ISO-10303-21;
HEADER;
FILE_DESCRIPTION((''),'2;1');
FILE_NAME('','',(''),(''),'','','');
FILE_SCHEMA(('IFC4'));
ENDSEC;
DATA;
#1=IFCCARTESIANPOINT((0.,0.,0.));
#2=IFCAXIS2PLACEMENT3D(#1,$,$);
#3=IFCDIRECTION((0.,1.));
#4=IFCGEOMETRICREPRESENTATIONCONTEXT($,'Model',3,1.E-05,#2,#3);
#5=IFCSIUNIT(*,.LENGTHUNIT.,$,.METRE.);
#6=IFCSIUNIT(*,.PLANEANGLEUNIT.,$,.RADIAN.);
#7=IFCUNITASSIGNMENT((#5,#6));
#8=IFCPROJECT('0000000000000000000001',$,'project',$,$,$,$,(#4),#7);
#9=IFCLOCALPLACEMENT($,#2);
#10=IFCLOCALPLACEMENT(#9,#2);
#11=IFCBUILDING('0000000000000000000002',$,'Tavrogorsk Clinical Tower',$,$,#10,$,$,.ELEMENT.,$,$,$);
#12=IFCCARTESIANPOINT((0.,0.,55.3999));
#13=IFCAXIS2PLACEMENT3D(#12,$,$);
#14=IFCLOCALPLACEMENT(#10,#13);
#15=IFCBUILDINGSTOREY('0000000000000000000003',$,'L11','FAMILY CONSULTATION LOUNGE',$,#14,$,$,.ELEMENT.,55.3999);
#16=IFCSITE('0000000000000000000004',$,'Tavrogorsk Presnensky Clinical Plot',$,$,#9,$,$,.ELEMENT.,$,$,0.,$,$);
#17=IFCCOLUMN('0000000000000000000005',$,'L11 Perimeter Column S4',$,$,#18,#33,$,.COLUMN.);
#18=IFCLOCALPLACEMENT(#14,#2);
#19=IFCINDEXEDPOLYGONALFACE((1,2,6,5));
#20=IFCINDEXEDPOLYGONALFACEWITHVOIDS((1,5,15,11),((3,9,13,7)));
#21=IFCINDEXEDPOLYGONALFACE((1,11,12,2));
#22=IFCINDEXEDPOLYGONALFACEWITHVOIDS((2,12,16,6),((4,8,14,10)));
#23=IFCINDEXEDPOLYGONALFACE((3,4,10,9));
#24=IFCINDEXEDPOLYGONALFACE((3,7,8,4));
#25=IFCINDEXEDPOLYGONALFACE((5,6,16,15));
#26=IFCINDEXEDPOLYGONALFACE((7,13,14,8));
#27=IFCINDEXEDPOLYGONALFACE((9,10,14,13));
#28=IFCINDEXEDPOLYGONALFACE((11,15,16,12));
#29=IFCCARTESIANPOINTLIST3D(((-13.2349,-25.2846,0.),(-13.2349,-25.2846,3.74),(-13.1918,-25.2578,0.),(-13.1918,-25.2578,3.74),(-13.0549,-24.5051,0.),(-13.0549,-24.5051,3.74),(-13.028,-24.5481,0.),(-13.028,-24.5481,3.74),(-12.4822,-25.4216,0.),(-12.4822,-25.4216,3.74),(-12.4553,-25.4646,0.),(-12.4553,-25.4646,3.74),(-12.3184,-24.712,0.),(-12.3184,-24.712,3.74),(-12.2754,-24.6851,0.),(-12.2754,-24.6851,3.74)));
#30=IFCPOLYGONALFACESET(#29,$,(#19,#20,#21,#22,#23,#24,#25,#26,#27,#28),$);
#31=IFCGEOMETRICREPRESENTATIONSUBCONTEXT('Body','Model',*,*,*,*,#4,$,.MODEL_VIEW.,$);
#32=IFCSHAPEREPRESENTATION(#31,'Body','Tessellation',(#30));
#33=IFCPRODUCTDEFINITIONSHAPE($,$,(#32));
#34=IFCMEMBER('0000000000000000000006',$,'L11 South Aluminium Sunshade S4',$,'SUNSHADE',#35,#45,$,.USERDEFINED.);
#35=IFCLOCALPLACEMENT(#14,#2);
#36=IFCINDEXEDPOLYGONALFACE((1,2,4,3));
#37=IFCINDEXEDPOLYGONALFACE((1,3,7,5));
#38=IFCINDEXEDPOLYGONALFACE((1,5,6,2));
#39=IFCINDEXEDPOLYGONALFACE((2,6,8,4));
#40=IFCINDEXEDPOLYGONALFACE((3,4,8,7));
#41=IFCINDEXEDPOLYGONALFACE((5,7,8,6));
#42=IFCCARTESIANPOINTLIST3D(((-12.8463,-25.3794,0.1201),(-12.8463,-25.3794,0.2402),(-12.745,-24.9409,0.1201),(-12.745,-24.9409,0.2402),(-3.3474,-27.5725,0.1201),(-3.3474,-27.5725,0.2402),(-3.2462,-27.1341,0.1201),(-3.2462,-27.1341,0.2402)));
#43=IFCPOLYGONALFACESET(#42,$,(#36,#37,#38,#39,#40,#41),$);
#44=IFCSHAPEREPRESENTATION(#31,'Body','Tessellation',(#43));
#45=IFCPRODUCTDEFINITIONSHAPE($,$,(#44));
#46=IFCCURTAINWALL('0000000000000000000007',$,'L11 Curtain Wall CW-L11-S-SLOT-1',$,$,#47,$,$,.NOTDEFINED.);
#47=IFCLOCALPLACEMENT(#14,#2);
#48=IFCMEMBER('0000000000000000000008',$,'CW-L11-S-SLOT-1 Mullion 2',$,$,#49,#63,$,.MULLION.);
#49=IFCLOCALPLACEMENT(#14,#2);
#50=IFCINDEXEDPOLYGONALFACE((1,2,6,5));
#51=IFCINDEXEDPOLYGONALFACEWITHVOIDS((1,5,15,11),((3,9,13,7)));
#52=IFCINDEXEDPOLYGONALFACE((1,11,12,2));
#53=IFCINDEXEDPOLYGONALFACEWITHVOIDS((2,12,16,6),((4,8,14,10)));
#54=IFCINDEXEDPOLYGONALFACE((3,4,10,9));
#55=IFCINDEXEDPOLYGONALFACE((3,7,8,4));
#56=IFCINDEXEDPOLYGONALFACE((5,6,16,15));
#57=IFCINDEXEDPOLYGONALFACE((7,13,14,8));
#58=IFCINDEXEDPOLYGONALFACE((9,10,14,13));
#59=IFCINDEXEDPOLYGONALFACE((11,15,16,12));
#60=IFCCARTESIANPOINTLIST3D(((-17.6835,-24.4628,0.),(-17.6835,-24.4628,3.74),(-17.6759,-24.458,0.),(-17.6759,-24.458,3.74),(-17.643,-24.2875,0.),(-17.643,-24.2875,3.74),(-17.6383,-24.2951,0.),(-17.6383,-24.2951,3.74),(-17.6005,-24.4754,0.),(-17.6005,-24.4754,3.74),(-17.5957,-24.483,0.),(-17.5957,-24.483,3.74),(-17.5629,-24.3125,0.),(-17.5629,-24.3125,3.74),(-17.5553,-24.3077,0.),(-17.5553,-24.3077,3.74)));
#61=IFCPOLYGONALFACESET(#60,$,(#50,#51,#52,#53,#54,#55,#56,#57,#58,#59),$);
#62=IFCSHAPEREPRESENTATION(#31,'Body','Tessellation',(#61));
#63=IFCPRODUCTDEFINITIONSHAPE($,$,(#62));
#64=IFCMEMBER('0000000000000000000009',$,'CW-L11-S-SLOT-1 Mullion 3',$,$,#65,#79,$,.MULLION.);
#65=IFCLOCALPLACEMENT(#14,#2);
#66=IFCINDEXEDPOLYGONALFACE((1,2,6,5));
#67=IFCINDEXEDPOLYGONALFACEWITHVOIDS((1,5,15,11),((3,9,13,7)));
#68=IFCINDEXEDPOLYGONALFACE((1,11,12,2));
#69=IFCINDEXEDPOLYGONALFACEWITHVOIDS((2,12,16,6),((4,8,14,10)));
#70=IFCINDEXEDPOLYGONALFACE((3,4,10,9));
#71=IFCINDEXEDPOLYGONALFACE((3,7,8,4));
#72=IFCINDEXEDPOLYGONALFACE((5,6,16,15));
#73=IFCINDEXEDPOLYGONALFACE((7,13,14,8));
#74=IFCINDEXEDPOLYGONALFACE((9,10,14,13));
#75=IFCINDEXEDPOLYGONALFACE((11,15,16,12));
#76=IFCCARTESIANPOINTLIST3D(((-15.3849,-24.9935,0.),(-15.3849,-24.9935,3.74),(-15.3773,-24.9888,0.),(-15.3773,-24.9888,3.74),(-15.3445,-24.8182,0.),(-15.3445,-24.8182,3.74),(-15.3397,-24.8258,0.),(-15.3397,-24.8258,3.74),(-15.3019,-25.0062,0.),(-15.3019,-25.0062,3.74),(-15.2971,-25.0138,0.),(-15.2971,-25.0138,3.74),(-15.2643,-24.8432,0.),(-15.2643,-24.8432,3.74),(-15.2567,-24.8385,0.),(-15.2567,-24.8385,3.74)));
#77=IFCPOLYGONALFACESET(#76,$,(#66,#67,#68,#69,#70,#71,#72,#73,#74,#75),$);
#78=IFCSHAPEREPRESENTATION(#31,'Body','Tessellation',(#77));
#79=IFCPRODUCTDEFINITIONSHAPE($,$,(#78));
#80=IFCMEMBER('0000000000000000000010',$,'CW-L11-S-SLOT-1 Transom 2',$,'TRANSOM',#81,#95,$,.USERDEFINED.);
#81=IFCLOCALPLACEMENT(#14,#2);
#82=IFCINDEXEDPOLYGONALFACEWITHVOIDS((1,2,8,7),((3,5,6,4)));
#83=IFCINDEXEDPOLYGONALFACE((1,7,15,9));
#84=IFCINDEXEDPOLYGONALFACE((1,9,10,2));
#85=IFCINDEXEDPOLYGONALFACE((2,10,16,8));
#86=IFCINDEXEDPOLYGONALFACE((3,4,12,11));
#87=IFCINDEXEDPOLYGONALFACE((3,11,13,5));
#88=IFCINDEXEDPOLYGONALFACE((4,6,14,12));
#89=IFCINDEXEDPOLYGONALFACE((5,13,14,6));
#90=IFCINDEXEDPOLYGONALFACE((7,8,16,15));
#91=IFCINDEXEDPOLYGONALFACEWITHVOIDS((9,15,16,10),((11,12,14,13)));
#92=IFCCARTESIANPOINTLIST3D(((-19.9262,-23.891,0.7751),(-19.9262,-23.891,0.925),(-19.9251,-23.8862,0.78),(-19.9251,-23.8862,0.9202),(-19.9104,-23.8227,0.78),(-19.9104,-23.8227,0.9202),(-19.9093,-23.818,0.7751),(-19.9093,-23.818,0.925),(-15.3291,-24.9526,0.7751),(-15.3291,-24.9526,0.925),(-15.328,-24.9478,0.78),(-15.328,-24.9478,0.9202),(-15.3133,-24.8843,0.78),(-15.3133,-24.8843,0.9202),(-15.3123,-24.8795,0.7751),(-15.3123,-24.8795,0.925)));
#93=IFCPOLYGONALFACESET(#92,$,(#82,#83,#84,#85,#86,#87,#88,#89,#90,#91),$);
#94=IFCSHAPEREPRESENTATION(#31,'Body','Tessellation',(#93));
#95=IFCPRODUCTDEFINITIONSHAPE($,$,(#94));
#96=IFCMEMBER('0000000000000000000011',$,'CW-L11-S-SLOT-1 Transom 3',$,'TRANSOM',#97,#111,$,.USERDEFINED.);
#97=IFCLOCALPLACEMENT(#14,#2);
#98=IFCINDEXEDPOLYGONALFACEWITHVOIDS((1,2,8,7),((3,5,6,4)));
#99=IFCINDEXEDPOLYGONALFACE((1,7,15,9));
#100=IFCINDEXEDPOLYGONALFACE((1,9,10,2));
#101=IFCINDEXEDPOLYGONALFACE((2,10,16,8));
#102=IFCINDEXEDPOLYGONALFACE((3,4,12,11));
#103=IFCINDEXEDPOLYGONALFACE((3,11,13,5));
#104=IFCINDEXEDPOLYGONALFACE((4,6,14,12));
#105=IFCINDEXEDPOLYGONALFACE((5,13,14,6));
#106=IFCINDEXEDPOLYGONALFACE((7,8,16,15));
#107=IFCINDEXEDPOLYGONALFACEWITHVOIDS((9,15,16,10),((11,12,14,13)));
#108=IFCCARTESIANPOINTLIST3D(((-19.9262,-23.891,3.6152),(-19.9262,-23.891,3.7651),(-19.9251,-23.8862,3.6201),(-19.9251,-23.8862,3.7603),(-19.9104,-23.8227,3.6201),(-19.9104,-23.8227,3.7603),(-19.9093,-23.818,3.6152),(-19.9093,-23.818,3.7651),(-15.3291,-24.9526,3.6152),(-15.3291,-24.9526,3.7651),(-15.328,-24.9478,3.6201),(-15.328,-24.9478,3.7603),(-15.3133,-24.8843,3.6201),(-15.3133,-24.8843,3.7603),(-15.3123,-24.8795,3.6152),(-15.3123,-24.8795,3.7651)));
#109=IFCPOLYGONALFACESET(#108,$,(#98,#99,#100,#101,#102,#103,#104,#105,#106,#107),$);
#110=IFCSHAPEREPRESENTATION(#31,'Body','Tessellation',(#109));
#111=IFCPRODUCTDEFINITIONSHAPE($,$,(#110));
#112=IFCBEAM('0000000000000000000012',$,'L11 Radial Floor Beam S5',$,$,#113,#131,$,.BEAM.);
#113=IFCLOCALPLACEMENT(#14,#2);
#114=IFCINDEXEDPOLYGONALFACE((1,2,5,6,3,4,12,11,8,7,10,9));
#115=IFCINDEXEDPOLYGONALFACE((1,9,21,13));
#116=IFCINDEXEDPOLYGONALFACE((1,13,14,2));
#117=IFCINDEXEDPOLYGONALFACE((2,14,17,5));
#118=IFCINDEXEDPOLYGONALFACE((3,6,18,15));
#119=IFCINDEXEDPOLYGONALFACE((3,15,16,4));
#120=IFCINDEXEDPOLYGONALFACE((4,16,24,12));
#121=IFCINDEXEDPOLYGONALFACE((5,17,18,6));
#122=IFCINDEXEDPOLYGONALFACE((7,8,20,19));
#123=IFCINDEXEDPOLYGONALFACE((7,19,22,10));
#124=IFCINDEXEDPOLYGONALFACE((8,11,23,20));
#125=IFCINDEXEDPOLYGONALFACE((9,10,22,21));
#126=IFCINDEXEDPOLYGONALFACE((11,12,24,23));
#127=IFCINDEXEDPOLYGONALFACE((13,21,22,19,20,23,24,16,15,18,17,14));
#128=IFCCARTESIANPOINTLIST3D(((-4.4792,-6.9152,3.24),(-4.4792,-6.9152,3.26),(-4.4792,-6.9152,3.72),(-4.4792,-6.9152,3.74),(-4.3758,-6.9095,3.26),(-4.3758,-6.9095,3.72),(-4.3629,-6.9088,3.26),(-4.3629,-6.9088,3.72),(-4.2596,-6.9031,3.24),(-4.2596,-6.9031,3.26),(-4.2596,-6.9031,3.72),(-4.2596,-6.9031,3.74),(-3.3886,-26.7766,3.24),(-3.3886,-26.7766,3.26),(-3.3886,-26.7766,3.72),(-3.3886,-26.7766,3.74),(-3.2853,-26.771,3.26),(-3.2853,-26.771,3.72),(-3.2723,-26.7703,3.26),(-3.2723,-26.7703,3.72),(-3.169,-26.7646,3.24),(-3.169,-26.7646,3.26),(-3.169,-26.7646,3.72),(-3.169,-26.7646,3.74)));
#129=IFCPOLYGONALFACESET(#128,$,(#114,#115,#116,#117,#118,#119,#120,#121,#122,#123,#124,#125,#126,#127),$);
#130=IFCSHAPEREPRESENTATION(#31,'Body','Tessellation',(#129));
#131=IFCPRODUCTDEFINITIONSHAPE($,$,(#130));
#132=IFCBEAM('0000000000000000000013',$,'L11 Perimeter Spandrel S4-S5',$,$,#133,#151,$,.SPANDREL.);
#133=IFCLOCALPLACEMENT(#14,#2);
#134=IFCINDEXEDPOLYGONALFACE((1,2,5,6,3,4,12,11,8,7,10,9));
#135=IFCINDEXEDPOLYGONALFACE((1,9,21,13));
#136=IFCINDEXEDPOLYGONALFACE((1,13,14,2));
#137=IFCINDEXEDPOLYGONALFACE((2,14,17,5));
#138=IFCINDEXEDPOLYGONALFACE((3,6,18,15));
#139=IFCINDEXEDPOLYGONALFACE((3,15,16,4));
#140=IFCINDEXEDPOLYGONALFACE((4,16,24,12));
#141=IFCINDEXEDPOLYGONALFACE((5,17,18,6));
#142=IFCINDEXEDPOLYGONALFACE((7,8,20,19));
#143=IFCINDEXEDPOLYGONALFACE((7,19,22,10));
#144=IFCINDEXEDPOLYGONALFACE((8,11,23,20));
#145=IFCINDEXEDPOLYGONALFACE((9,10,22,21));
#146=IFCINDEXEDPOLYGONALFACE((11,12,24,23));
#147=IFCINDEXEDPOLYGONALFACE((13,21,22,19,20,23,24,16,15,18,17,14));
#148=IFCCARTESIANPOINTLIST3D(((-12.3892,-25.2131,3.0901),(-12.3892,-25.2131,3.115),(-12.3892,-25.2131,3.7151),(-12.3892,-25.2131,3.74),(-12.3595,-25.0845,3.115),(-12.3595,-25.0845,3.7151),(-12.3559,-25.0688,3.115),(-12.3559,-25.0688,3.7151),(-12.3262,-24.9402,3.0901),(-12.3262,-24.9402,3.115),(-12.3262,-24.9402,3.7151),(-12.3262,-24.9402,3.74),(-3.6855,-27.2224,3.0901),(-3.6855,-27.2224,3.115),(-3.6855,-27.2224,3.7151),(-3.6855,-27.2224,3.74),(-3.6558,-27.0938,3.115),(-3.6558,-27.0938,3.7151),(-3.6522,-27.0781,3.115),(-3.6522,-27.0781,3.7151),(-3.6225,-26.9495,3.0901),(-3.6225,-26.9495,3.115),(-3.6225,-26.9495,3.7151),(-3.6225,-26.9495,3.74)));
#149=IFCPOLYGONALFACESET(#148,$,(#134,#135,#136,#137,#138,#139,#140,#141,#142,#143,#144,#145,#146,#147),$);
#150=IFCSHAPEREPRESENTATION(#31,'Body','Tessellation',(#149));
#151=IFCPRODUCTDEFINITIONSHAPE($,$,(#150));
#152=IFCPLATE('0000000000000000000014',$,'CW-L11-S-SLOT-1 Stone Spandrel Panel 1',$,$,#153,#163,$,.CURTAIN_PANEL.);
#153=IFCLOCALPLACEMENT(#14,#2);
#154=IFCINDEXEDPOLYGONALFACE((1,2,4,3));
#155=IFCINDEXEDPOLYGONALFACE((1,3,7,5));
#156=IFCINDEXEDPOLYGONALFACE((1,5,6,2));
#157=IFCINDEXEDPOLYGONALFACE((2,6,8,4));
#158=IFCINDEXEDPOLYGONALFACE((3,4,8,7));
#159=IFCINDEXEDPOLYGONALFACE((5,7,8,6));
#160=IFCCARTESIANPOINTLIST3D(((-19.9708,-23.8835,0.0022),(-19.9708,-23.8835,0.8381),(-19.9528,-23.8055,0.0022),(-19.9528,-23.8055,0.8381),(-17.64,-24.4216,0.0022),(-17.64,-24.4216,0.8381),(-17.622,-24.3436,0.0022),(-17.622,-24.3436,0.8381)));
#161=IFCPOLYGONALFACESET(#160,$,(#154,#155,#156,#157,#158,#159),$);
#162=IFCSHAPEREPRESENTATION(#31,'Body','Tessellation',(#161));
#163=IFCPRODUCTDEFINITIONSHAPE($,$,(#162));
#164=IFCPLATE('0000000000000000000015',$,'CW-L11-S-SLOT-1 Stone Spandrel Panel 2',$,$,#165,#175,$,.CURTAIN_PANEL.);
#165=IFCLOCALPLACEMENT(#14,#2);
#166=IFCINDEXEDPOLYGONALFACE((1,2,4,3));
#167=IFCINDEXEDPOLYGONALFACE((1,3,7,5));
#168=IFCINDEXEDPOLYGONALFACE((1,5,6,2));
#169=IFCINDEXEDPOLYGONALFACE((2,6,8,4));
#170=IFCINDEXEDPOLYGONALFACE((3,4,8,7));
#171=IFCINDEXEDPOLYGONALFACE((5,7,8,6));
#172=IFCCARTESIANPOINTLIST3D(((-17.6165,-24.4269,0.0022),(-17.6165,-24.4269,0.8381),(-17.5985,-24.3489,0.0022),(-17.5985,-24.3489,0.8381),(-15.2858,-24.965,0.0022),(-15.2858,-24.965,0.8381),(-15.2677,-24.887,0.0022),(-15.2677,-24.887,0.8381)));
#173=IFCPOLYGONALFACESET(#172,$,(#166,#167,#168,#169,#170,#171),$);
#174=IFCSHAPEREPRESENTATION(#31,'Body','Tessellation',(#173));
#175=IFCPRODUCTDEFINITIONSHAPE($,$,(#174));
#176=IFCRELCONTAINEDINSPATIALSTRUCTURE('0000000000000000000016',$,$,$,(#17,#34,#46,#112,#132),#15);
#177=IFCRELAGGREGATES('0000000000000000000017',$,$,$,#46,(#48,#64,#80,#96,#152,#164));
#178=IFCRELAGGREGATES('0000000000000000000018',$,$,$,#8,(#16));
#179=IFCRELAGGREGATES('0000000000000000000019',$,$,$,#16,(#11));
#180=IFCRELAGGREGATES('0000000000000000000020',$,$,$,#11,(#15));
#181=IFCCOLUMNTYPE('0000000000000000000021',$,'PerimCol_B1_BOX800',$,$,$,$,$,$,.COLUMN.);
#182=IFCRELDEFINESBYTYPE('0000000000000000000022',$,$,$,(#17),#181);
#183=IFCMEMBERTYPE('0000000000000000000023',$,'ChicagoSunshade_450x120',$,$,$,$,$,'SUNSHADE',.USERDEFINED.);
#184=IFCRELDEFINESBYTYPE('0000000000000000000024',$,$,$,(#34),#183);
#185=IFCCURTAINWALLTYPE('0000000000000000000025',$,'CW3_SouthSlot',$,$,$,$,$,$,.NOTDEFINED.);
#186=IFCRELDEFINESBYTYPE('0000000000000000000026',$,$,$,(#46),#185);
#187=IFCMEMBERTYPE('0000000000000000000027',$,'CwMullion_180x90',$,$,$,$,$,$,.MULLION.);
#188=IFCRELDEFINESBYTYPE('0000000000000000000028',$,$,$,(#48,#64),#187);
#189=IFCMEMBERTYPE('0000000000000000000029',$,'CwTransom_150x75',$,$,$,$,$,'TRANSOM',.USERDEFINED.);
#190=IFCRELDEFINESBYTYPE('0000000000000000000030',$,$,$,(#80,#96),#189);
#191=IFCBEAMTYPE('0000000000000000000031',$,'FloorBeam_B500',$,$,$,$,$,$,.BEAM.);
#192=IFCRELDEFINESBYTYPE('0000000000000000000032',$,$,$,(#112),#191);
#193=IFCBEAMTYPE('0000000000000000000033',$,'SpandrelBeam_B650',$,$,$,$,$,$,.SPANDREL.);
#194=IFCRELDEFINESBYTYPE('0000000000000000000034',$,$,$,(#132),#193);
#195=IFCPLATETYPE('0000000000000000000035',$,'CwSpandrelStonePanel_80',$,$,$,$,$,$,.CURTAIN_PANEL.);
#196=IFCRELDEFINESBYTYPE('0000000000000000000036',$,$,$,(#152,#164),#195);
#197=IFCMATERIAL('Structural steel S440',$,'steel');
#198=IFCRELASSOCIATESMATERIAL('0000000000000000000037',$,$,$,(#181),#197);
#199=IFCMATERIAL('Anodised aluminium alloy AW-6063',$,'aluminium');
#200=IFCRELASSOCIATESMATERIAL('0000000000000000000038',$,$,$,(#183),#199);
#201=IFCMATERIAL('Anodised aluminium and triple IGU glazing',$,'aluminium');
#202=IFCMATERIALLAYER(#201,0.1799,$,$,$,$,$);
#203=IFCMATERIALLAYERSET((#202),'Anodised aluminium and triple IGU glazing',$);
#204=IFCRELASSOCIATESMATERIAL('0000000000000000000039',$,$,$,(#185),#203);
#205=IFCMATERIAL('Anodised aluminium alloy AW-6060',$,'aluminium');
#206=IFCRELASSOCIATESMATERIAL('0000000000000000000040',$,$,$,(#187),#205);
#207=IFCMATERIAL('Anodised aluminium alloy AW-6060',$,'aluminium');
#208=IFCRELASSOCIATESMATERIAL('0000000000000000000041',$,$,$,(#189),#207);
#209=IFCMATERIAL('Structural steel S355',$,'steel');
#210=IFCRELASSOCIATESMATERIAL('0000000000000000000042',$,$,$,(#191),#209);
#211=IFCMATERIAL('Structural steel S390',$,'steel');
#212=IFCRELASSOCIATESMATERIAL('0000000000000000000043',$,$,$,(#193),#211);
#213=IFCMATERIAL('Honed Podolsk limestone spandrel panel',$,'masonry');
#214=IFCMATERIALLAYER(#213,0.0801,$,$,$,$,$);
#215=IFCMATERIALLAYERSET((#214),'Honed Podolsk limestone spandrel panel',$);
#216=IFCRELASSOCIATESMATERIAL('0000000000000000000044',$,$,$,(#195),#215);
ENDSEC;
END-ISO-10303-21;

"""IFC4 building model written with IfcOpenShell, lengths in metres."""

from ifc_helpers import new_model, si_unit, direction, frame, origin, origin_2d, place, context, subcontext, project, spatial, rectangle, hollow_rectangle, i_section, extrude, material, layer, layer_set, material_profile, profile_set, type_object, element, aggregate, save


model = new_model("IFC4")

# Units and contexts
model_context = context("Model", 3, precision=1e-05, world=origin(), true_north=direction((0.0, 1.0)))
body_context = subcontext(model_context, "Body", "Model", "MODEL_VIEW")
ifc_project = project(units=[si_unit("LENGTHUNIT", "METRE"), si_unit("PLANEANGLEUNIT", "RADIAN")], contexts=[model_context])

# Site, building, storey
site_placement = place(None, origin())
site = spatial("IfcSite", under=ifc_project, at=site_placement, Name="Tavrogorsk Presnensky Clinical Plot", CompositionType="ELEMENT", RefElevation=0.0)
building_placement = place(site_placement, origin())
building = spatial("IfcBuilding", under=site, at=building_placement, Name="Tavrogorsk Clinical Tower", CompositionType="ELEMENT")
storey_placement = place(building_placement, frame((0.0, 0.0, 55.3999)))
storey = spatial("IfcBuildingStorey", under=building, at=storey_placement, Name="L11", Description="FAMILY CONSULTATION LOUNGE", CompositionType="ELEMENT", Elevation=55.3999)

# Column
ifc_material_1 = material(Name="Structural steel S440", Category="steel")
ifc_material_profile_1 = material_profile(ifc_material_1, hollow_rectangle(XDim=0.8, YDim=0.8, WallThickness=0.0359, at=origin_2d()), Name="BOX-800x800x36")
ifc_profile_set_1 = profile_set([ifc_material_profile_1], Name="Structural steel S440")
column_type = type_object("IfcColumnType", Name="PerimCol_B1_BOX800", PredefinedType="COLUMN", material=ifc_profile_set_1)
column_placement = place(storey_placement, frame((-12.7551, -24.9849, 0.0), z_axis=(0.0, 0.0, 1.0), x_axis=(0.97437, -0.224951, 0.0)))
element("IfcColumn", 1, at=column_placement, inside=storey, type_object=column_type, Name="L11 Perimeter Column S4", PredefinedType="COLUMN", context=body_context, shape_type="SweptSolid", body=[
    extrude(hollow_rectangle(XDim=0.8, YDim=0.8, WallThickness=0.0359, at=origin_2d()), origin(), (0.0, 0.0, 1.0), 3.74),
])

# Member
ifc_material_2 = material(Name="Anodised aluminium alloy AW-6063", Category="aluminium")
ifc_material_profile_2 = material_profile(ifc_material_2, rectangle(XDim=0.45, YDim=0.1201, at=origin_2d()), Name="ALU-SUNSHADE-450x120")
ifc_profile_set_2 = profile_set([ifc_material_profile_2], Name="Anodised aluminium alloy AW-6063")
member_type_1 = type_object("IfcMemberType", Name="ChicagoSunshade_450x120", ElementType="SUNSHADE", PredefinedType="USERDEFINED", material=ifc_profile_set_2)
member_1_placement = place(storey_placement, frame((-12.7957, -25.1602, 0.1802), z_axis=(0.974367, -0.224966, 0.0), x_axis=(0.224966, 0.974367, 0.0)))
element("IfcMember", 2, at=member_1_placement, inside=storey, type_object=member_type_1, Name="L11 South Aluminium Sunshade S4", ObjectType="SUNSHADE", PredefinedType="USERDEFINED", context=body_context, shape_type="SweptSolid", body=[
    extrude(rectangle(XDim=0.45, YDim=0.1201, at=origin_2d()), origin(), (0.0, 0.0, 1.0), 9.7488),
])

# Curtain wall, members
ifc_material_3 = material(Name="Anodised aluminium and triple IGU glazing", Category="aluminium")
ifc_layer_1 = layer(ifc_material_3, 0.1799)
ifc_layer_set_1 = layer_set([ifc_layer_1], Name="Anodised aluminium and triple IGU glazing")
curtain_wall_type = type_object("IfcCurtainWallType", Name="CW3_SouthSlot", PredefinedType="NOTDEFINED", material=ifc_layer_set_1)
curtain_wall_placement = place(storey_placement, origin())
curtain_wall = element("IfcCurtainWall", 3, at=curtain_wall_placement, inside=storey, type_object=curtain_wall_type, Name="L11 Curtain Wall CW-L11-S-SLOT-1", PredefinedType="NOTDEFINED")
ifc_material_4 = material(Name="Anodised aluminium alloy AW-6060", Category="aluminium")
ifc_material_profile_3 = material_profile(ifc_material_4, hollow_rectangle(XDim=0.0901, YDim=0.1799, WallThickness=0.0063, at=origin_2d()), Name="RHS-180x90x6.3")
ifc_profile_set_3 = profile_set([ifc_material_profile_3], Name="Anodised aluminium alloy AW-6060")
member_type_2 = type_object("IfcMemberType", Name="CwMullion_180x90", PredefinedType="MULLION", material=ifc_profile_set_3)
member_2_placement = place(storey_placement, frame((-17.6194, -24.3853, 0.0), z_axis=(0.0, 0.0, 1.0), x_axis=(0.97437, -0.224951, 0.0)))
member_2 = element("IfcMember", 4, at=member_2_placement, type_object=member_type_2, Name="CW-L11-S-SLOT-1 Mullion 2", PredefinedType="MULLION", context=body_context, shape_type="SweptSolid", body=[
    extrude(hollow_rectangle(XDim=0.0901, YDim=0.1799, WallThickness=0.0063, at=origin_2d()), origin(), (0.0, 0.0, 1.0), 3.74),
])
member_3_placement = place(storey_placement, frame((-15.3208, -24.916, 0.0), z_axis=(0.0, 0.0, 1.0), x_axis=(0.97437, -0.224951, 0.0)))
member_3 = element("IfcMember", 5, at=member_3_placement, type_object=member_type_2, Name="CW-L11-S-SLOT-1 Mullion 3", PredefinedType="MULLION", context=body_context, shape_type="SweptSolid", body=[
    extrude(hollow_rectangle(XDim=0.0901, YDim=0.1799, WallThickness=0.0063, at=origin_2d()), origin(), (0.0, 0.0, 1.0), 3.74),
])
ifc_material_5 = material(Name="Anodised aluminium alloy AW-6060", Category="aluminium")
ifc_material_profile_4 = material_profile(ifc_material_5, hollow_rectangle(XDim=0.075, YDim=0.1499, WallThickness=0.0049, at=origin_2d()), Name="RHS-150x75x5")
ifc_profile_set_4 = profile_set([ifc_material_profile_4], Name="Anodised aluminium alloy AW-6060")
member_type_3 = type_object("IfcMemberType", Name="CwTransom_150x75", ElementType="TRANSOM", PredefinedType="USERDEFINED", material=ifc_profile_set_4)
member_4_placement = place(storey_placement, frame((-19.9177, -23.8545, 0.8501), z_axis=(0.974359, -0.224999, 0.0), x_axis=(0.224999, 0.974359, 0.0)))
member_4 = element("IfcMember", 6, at=member_4_placement, type_object=member_type_3, Name="CW-L11-S-SLOT-1 Transom 2", ObjectType="TRANSOM", PredefinedType="USERDEFINED", context=body_context, shape_type="SweptSolid", body=[
    extrude(hollow_rectangle(XDim=0.075, YDim=0.1499, WallThickness=0.0049, at=origin_2d()), origin(), (0.0, 0.0, 1.0), 4.718),
])
member_5_placement = place(storey_placement, frame((-19.9177, -23.8545, 3.6902), z_axis=(0.974359, -0.224999, 0.0), x_axis=(0.224999, 0.974359, 0.0)))
member_5 = element("IfcMember", 7, at=member_5_placement, type_object=member_type_3, Name="CW-L11-S-SLOT-1 Transom 3", ObjectType="TRANSOM", PredefinedType="USERDEFINED", context=body_context, shape_type="SweptSolid", body=[
    extrude(hollow_rectangle(XDim=0.075, YDim=0.1499, WallThickness=0.0049, at=origin_2d()), origin(), (0.0, 0.0, 1.0), 4.718),
])

# Beams
ifc_material_6 = material(Name="Structural steel S355", Category="steel")
ifc_material_profile_5 = material_profile(ifc_material_6, i_section(OverallWidth=0.22, OverallDepth=0.5, WebThickness=0.0129, FlangeThickness=0.02, at=origin_2d()), Name="B-500x220x13x20")
ifc_profile_set_5 = profile_set([ifc_material_profile_5], Name="Structural steel S355")
beam_type_1 = type_object("IfcBeamType", Name="FloorBeam_B500", PredefinedType="BEAM", material=ifc_profile_set_5)
beam_1_placement = place(storey_placement, frame((-4.3694, -6.9092, 3.49), z_axis=(0.054827, -0.998496, 0.0), x_axis=(0.998496, 0.054827, 0.0)))
element("IfcBeam", 8, at=beam_1_placement, inside=storey, type_object=beam_type_1, Name="L11 Radial Floor Beam S5", PredefinedType="BEAM", context=body_context, shape_type="SweptSolid", body=[
    extrude(i_section(OverallWidth=0.22, OverallDepth=0.5, WebThickness=0.0129, FlangeThickness=0.02, at=origin_2d()), origin(), (0.0, 0.0, 1.0), 19.8914),
])
ifc_material_7 = material(Name="Structural steel S390", Category="steel")
ifc_material_profile_6 = material_profile(ifc_material_7, i_section(OverallWidth=0.28, OverallDepth=0.6499, WebThickness=0.0161, FlangeThickness=0.0249, at=origin_2d()), Name="B-650x280x16x25")
ifc_profile_set_6 = profile_set([ifc_material_profile_6], Name="Structural steel S390")
beam_type_2 = type_object("IfcBeamType", Name="SpandrelBeam_B650", PredefinedType="SPANDREL", material=ifc_profile_set_6)
beam_2_placement = place(storey_placement, frame((-12.3577, -25.0767, 3.415), z_axis=(0.974373, -0.224939, 0.0), x_axis=(0.224939, 0.974373, 0.0)))
element("IfcBeam", 9, at=beam_2_placement, inside=storey, type_object=beam_type_2, Name="L11 Perimeter Spandrel S4-S5", PredefinedType="SPANDREL", context=body_context, shape_type="SweptSolid", body=[
    extrude(i_section(OverallWidth=0.28, OverallDepth=0.6499, WebThickness=0.0161, FlangeThickness=0.0249, at=origin_2d()), origin(), (0.0, 0.0, 1.0), 8.9326),
])

# Plates
ifc_material_8 = material(Name="Honed Podolsk limestone spandrel panel", Category="masonry")
ifc_layer_2 = layer(ifc_material_8, 0.0801)
ifc_layer_set_2 = layer_set([ifc_layer_2], Name="Honed Podolsk limestone spandrel panel")
plate_type_1 = type_object("IfcPlateType", Name="CwSpandrelStonePanel_80", PredefinedType="CURTAIN_PANEL", material=ifc_layer_set_2)
plate_1_placement = place(storey_placement, frame((-18.7964, -24.1135, 0.0022), z_axis=(0.0, 0.0, 1.0), x_axis=(0.97437, -0.224951, 0.0)))
plate_1 = element("IfcPlate", 10, at=plate_1_placement, type_object=plate_type_1, Name="CW-L11-S-SLOT-1 Stone Spandrel Panel 1", PredefinedType="CURTAIN_PANEL", context=body_context, shape_type="SweptSolid", body=[
    extrude(rectangle(XDim=2.3921, YDim=0.0801, at=origin_2d()), origin(), (0.0, 0.0, 1.0), 0.8359),
])
plate_2_placement = place(storey_placement, frame((-16.4421, -24.657, 0.0022), z_axis=(0.0, 0.0, 1.0), x_axis=(0.97437, -0.224951, 0.0)))
plate_2 = element("IfcPlate", 11, at=plate_2_placement, type_object=plate_type_1, Name="CW-L11-S-SLOT-1 Stone Spandrel Panel 2", PredefinedType="CURTAIN_PANEL", context=body_context, shape_type="SweptSolid", body=[
    extrude(rectangle(XDim=2.3921, YDim=0.0801, at=origin_2d()), origin(), (0.0, 0.0, 1.0), 0.8359),
])
aggregate(curtain_wall, [member_2, member_3, member_4, member_5, plate_1, plate_2])

save(model, "model.ifc")
